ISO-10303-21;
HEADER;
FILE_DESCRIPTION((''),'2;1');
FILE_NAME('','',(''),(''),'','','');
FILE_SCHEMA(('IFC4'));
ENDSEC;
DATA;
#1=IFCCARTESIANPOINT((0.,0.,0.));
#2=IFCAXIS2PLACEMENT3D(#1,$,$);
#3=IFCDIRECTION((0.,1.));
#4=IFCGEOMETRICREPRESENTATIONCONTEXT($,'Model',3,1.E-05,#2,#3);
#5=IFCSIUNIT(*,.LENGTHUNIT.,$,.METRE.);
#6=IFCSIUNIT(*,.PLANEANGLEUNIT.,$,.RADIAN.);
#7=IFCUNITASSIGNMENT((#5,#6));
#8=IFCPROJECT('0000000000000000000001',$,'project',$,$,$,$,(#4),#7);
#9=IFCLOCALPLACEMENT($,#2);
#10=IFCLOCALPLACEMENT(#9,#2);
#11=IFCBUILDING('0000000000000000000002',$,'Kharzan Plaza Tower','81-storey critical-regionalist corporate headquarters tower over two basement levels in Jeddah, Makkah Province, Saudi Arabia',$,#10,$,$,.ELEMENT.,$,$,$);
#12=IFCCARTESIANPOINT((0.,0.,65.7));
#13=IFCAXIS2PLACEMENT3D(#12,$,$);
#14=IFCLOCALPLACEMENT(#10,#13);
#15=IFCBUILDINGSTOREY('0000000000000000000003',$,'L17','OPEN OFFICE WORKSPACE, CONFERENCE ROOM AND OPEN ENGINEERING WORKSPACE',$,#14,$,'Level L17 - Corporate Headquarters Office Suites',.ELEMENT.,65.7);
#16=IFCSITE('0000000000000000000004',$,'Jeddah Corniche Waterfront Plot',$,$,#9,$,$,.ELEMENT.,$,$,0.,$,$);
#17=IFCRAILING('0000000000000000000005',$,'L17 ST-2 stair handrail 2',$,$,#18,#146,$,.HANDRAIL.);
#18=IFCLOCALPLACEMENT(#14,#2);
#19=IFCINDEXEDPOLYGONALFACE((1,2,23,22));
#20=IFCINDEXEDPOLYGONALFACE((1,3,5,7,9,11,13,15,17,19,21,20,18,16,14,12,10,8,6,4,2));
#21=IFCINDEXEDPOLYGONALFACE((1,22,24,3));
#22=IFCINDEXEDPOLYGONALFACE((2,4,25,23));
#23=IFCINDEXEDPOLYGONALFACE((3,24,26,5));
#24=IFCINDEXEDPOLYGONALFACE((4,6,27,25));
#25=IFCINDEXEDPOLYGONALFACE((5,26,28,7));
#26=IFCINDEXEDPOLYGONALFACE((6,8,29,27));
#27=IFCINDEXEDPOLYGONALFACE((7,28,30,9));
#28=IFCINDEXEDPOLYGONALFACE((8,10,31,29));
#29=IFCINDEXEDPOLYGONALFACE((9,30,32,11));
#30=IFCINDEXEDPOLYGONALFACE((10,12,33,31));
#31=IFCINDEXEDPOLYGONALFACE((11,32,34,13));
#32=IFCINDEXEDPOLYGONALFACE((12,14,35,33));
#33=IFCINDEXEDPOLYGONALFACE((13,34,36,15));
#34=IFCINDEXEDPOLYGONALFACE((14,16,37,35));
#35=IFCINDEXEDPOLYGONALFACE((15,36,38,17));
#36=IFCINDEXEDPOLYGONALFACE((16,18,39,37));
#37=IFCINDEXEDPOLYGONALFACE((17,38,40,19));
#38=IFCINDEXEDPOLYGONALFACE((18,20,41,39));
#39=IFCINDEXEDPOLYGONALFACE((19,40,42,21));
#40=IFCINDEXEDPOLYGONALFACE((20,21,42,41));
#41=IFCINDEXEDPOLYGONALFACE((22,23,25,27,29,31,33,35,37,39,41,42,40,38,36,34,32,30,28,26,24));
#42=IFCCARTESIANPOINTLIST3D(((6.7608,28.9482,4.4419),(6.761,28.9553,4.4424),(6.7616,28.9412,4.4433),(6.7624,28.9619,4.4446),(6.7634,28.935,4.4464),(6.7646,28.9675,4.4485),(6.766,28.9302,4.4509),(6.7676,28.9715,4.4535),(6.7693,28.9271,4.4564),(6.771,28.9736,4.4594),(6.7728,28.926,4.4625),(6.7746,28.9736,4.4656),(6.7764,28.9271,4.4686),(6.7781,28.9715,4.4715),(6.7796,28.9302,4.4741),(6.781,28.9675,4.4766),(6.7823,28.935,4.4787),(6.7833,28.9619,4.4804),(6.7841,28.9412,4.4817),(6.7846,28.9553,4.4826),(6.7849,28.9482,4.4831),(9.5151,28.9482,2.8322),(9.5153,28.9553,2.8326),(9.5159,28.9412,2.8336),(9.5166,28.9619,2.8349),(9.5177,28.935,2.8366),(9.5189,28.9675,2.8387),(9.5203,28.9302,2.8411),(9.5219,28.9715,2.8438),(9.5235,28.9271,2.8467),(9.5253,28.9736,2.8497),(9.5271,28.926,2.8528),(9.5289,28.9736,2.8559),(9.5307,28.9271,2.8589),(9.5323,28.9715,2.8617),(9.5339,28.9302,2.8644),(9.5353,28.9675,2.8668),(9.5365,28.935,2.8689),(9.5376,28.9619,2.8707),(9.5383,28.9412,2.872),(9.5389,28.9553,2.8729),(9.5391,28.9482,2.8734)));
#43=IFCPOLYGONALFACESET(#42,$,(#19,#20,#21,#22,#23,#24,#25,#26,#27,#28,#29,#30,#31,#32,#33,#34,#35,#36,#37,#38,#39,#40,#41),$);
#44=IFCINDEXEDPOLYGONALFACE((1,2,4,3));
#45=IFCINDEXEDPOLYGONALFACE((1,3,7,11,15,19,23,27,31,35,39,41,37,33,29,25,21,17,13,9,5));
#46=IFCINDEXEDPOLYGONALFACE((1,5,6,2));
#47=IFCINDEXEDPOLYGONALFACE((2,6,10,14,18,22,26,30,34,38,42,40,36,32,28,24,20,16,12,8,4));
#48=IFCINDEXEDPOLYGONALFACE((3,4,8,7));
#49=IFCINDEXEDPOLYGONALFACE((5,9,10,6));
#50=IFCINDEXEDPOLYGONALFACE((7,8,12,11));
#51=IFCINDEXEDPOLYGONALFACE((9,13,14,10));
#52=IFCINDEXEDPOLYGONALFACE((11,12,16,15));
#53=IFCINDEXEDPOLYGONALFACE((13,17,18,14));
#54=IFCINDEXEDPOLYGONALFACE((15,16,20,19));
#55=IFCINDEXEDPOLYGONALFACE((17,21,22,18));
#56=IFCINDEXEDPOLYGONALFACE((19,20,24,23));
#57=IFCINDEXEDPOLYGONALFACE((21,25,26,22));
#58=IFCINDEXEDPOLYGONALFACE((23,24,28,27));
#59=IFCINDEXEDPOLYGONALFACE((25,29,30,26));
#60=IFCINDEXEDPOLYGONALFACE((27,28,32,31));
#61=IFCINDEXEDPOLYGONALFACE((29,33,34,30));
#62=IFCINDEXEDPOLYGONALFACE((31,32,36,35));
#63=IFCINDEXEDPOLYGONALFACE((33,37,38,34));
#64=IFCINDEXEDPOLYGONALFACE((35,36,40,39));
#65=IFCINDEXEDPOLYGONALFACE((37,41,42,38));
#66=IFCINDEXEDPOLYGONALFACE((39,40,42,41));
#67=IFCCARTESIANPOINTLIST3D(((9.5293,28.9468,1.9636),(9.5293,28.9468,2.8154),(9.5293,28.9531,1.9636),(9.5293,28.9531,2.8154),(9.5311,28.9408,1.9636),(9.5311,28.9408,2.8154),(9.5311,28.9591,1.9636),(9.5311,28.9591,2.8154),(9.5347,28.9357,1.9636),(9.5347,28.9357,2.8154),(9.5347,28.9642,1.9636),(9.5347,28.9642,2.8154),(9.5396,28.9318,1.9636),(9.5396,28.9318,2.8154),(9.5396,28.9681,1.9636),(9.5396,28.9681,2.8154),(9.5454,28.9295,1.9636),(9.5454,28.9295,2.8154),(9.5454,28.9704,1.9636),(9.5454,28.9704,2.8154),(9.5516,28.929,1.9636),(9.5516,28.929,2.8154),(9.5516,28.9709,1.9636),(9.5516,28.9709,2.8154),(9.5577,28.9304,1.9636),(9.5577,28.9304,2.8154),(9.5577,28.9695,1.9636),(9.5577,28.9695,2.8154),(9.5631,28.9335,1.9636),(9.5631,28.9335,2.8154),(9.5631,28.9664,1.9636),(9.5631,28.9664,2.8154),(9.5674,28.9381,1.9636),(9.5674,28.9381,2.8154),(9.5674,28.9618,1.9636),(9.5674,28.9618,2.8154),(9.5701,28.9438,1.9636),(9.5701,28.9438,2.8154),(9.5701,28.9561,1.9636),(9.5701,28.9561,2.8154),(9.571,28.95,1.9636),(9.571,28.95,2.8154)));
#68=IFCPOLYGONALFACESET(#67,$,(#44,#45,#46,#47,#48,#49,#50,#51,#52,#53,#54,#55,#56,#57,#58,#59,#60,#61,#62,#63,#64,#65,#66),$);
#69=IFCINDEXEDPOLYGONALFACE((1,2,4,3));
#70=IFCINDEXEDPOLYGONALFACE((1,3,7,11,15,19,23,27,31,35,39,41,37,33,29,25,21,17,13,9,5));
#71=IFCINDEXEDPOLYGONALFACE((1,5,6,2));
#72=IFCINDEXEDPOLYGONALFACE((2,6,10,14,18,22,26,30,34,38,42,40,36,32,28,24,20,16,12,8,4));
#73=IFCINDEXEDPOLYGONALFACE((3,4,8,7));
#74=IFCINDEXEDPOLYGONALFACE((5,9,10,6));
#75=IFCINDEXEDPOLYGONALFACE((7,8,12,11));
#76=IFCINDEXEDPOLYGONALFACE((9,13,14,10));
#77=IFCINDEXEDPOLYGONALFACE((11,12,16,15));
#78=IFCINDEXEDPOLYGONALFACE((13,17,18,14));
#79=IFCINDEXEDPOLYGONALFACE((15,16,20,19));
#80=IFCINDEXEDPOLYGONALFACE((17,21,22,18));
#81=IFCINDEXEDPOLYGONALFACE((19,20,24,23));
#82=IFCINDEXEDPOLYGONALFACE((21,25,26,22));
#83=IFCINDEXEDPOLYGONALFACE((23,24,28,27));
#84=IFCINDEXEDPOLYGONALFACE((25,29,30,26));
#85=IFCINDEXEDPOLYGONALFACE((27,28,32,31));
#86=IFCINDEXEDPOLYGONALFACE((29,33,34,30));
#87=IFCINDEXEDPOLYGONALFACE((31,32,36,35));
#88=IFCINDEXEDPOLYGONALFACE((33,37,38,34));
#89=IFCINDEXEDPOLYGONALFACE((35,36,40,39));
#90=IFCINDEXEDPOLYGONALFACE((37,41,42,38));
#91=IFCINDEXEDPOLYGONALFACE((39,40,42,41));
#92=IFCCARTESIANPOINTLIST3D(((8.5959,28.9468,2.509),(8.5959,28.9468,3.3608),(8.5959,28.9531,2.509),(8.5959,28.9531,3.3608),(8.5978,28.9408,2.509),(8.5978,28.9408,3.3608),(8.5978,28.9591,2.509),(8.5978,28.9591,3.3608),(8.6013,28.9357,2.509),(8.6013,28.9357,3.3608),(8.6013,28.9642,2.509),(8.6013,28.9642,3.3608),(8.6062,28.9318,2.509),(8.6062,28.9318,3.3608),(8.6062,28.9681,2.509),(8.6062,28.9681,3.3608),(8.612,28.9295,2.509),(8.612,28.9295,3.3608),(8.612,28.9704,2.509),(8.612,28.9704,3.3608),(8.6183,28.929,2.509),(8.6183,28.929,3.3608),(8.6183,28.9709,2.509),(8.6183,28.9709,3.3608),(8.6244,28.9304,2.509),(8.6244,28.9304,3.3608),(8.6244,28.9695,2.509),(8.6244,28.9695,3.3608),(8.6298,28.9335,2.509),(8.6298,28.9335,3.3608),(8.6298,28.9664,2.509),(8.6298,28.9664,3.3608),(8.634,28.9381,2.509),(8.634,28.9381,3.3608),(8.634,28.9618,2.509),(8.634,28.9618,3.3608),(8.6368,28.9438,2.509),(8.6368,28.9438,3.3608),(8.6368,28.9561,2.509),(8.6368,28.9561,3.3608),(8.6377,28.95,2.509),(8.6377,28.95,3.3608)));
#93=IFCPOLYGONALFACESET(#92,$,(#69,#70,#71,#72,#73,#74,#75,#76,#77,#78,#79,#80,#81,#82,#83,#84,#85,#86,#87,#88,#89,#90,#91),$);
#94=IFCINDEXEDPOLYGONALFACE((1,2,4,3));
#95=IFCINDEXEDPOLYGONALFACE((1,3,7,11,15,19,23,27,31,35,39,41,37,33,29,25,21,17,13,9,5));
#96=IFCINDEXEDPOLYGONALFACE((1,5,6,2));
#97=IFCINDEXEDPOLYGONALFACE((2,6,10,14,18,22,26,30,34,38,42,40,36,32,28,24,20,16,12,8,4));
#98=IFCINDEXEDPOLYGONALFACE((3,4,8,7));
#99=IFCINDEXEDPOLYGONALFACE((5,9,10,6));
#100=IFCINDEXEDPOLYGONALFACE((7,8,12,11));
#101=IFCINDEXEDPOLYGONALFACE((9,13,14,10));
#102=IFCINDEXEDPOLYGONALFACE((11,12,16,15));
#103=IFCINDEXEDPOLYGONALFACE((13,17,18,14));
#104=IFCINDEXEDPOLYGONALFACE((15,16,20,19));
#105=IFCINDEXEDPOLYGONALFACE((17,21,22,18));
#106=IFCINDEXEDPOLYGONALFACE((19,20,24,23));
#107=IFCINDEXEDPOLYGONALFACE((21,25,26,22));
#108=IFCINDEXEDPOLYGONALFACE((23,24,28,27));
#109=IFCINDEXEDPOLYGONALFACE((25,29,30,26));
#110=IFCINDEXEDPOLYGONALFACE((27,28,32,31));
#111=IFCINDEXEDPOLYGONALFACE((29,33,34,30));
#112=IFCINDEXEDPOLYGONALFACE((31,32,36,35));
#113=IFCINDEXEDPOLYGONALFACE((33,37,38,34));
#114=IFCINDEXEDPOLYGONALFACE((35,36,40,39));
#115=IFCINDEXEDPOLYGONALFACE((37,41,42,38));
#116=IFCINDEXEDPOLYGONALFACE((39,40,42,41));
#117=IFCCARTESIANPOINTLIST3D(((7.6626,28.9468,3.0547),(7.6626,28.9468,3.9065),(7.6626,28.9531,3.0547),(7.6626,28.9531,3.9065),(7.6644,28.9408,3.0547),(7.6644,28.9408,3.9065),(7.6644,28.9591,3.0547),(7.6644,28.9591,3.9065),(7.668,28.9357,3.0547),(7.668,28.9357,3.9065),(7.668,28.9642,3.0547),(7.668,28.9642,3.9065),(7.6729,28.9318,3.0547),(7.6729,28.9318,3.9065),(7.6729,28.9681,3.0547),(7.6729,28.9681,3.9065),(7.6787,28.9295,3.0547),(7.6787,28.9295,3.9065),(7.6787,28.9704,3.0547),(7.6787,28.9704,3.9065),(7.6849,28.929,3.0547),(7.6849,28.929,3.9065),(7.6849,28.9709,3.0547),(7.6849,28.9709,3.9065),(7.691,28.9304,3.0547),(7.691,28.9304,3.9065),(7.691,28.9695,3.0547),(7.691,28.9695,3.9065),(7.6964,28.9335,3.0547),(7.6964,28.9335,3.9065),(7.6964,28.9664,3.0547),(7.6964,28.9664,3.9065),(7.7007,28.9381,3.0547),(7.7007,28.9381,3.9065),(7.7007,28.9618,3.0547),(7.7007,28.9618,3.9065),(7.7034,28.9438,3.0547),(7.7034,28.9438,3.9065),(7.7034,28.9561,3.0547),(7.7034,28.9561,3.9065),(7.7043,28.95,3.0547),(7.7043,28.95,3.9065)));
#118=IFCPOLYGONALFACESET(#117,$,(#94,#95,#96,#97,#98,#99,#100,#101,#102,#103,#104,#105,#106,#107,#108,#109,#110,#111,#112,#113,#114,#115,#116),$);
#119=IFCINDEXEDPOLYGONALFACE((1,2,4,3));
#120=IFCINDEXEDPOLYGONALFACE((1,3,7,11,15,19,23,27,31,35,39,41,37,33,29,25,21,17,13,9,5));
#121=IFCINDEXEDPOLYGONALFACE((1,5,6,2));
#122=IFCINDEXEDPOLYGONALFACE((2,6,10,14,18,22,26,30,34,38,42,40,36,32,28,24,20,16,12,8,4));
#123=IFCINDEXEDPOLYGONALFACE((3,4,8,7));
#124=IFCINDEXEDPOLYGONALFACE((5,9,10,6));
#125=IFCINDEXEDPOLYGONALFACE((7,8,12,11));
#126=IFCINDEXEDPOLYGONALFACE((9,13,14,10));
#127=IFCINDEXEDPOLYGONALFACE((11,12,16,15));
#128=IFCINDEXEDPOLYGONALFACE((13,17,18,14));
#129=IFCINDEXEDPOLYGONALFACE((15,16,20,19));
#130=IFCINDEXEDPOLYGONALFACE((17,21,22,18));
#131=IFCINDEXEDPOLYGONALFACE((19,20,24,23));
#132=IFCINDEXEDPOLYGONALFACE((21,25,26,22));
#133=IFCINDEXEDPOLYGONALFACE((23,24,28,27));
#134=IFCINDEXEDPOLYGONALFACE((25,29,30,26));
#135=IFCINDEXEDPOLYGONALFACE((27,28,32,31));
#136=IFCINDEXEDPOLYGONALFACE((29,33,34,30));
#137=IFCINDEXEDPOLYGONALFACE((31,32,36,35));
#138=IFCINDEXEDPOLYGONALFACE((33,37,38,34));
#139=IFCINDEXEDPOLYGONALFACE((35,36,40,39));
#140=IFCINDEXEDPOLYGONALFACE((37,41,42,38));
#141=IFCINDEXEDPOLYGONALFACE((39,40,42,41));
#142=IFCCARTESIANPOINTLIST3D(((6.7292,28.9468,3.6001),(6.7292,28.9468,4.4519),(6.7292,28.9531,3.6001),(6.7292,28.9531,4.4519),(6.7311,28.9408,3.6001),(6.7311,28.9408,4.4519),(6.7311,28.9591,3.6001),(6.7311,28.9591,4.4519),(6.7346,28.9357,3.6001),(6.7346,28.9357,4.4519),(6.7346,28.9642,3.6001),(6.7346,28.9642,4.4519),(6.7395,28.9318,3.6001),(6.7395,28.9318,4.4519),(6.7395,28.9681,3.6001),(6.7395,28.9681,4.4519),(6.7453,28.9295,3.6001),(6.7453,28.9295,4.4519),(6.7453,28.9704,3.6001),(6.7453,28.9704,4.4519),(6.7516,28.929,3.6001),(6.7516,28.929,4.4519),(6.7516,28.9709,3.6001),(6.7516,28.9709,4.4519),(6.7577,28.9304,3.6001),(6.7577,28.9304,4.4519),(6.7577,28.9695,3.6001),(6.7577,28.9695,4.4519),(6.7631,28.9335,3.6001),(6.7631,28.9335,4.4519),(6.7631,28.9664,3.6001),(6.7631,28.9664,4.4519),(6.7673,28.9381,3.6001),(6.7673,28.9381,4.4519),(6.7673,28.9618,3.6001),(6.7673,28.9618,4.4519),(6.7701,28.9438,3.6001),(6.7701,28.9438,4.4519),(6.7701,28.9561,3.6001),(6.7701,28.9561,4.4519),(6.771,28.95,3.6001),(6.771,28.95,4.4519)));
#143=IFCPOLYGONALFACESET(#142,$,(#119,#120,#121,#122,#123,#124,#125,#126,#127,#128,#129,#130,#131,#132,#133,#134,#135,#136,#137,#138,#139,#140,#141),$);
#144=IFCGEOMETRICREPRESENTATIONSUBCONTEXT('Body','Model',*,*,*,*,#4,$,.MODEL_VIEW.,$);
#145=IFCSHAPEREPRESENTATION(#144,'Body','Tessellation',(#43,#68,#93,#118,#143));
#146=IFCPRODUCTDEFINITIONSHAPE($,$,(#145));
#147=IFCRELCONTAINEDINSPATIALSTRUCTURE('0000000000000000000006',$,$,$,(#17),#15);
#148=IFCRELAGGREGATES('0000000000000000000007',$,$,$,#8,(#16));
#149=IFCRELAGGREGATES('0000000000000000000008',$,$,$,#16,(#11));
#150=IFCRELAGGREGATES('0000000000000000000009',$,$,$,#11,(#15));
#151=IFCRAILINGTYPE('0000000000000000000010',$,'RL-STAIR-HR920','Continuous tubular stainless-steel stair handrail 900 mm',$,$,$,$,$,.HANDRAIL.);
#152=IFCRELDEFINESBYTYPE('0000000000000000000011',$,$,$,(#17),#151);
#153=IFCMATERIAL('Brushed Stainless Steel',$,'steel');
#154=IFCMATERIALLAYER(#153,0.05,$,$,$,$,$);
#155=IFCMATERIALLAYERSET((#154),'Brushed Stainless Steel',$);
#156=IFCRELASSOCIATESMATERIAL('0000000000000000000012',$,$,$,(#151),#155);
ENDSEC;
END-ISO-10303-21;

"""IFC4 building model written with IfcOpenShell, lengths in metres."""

from ifc_helpers import new_model, si_unit, direction, frame, origin, origin_2d, place, context, subcontext, project, spatial, circle, extrude, source, transform, mapped, material, layer, layer_set, type_object, element, save


model = new_model("IFC4")

# Units and contexts
model_context = context("Model", 3, precision=1e-05, world=origin(), true_north=direction((0.0, 1.0)))
body_context = subcontext(model_context, "Body", "Model", "MODEL_VIEW")
ifc_project = project(units=[si_unit("LENGTHUNIT", "METRE"), si_unit("PLANEANGLEUNIT", "RADIAN")], contexts=[model_context])

# Site, building, storey
site_placement = place(None, origin())
site = spatial("IfcSite", under=ifc_project, at=site_placement, Name="Jeddah Corniche Waterfront Plot", CompositionType="ELEMENT", RefElevation=0.0)
building_placement = place(site_placement, origin())
building = spatial("IfcBuilding", under=site, at=building_placement, Name="Kharzan Plaza Tower", Description="81-storey critical-regionalist corporate headquarters tower over two basement levels in Jeddah, Makkah Province, Saudi Arabia", CompositionType="ELEMENT")
storey_placement = place(building_placement, frame((0.0, 0.0, 65.7)))
storey = spatial("IfcBuildingStorey", under=building, at=storey_placement, Name="L17", Description="OPEN OFFICE WORKSPACE, CONFERENCE ROOM AND OPEN ENGINEERING WORKSPACE", LongName="Level L17 - Corporate Headquarters Office Suites", CompositionType="ELEMENT", Elevation=65.7)

# Railing
ifc_material_1 = material(Name="Brushed Stainless Steel", Category="steel")
ifc_layer_1 = layer(ifc_material_1, 0.05)
ifc_layer_set_1 = layer_set([ifc_layer_1], Name="Brushed Stainless Steel")
railing_type_1 = type_object("IfcRailingType", Name="RL-STAIR-HR920", Description="Continuous tubular stainless-steel stair handrail 900 mm", PredefinedType="HANDRAIL", material=ifc_layer_set_1)
shared_shape_1 = source(origin(), body_context, "Body", "SweptSolid", [
    extrude(circle(Radius=0.0239, at=origin_2d()), frame((-0.0229, 0.0, 0.8892), z_axis=(-0.863361, 0.0, 0.504587), x_axis=(0.0, -1.0, 0.0)), (0.0, 0.0, 1.0), 3.1902),
    extrude(circle(Radius=0.021, at=origin_2d()), origin(), (0.0, 0.0, 1.0), 0.8518),
    extrude(circle(Radius=0.021, at=origin_2d()), frame((-0.9333, 0.0, 0.5454)), (0.0, 0.0, 1.0), 0.8518),
    extrude(circle(Radius=0.021, at=origin_2d()), frame((-1.8667, 0.0, 1.0911)), (0.0, 0.0, 1.0), 0.8518),
    extrude(circle(Radius=0.021, at=origin_2d()), frame((-2.8, 0.0, 1.6365)), (0.0, 0.0, 1.0), 0.8518),
])
railing_1_placement = place(storey_placement, frame((9.55, 28.95, 1.9636)))
element("IfcRailing", 1, at=railing_1_placement, inside=storey, type_object=railing_type_1, Name="L17 ST-2 stair handrail 2", PredefinedType="HANDRAIL", context=body_context, shape_type="MappedRepresentation", body=[
    mapped(shared_shape_1, transform((0.0, 0.0, 0.0), x_axis=(1.0, 0.0, 0.0), y_axis=(0.0, 1.0, 0.0), z_axis=(0.0, 0.0, 1.0))),
])

save(model, "model.ifc")
